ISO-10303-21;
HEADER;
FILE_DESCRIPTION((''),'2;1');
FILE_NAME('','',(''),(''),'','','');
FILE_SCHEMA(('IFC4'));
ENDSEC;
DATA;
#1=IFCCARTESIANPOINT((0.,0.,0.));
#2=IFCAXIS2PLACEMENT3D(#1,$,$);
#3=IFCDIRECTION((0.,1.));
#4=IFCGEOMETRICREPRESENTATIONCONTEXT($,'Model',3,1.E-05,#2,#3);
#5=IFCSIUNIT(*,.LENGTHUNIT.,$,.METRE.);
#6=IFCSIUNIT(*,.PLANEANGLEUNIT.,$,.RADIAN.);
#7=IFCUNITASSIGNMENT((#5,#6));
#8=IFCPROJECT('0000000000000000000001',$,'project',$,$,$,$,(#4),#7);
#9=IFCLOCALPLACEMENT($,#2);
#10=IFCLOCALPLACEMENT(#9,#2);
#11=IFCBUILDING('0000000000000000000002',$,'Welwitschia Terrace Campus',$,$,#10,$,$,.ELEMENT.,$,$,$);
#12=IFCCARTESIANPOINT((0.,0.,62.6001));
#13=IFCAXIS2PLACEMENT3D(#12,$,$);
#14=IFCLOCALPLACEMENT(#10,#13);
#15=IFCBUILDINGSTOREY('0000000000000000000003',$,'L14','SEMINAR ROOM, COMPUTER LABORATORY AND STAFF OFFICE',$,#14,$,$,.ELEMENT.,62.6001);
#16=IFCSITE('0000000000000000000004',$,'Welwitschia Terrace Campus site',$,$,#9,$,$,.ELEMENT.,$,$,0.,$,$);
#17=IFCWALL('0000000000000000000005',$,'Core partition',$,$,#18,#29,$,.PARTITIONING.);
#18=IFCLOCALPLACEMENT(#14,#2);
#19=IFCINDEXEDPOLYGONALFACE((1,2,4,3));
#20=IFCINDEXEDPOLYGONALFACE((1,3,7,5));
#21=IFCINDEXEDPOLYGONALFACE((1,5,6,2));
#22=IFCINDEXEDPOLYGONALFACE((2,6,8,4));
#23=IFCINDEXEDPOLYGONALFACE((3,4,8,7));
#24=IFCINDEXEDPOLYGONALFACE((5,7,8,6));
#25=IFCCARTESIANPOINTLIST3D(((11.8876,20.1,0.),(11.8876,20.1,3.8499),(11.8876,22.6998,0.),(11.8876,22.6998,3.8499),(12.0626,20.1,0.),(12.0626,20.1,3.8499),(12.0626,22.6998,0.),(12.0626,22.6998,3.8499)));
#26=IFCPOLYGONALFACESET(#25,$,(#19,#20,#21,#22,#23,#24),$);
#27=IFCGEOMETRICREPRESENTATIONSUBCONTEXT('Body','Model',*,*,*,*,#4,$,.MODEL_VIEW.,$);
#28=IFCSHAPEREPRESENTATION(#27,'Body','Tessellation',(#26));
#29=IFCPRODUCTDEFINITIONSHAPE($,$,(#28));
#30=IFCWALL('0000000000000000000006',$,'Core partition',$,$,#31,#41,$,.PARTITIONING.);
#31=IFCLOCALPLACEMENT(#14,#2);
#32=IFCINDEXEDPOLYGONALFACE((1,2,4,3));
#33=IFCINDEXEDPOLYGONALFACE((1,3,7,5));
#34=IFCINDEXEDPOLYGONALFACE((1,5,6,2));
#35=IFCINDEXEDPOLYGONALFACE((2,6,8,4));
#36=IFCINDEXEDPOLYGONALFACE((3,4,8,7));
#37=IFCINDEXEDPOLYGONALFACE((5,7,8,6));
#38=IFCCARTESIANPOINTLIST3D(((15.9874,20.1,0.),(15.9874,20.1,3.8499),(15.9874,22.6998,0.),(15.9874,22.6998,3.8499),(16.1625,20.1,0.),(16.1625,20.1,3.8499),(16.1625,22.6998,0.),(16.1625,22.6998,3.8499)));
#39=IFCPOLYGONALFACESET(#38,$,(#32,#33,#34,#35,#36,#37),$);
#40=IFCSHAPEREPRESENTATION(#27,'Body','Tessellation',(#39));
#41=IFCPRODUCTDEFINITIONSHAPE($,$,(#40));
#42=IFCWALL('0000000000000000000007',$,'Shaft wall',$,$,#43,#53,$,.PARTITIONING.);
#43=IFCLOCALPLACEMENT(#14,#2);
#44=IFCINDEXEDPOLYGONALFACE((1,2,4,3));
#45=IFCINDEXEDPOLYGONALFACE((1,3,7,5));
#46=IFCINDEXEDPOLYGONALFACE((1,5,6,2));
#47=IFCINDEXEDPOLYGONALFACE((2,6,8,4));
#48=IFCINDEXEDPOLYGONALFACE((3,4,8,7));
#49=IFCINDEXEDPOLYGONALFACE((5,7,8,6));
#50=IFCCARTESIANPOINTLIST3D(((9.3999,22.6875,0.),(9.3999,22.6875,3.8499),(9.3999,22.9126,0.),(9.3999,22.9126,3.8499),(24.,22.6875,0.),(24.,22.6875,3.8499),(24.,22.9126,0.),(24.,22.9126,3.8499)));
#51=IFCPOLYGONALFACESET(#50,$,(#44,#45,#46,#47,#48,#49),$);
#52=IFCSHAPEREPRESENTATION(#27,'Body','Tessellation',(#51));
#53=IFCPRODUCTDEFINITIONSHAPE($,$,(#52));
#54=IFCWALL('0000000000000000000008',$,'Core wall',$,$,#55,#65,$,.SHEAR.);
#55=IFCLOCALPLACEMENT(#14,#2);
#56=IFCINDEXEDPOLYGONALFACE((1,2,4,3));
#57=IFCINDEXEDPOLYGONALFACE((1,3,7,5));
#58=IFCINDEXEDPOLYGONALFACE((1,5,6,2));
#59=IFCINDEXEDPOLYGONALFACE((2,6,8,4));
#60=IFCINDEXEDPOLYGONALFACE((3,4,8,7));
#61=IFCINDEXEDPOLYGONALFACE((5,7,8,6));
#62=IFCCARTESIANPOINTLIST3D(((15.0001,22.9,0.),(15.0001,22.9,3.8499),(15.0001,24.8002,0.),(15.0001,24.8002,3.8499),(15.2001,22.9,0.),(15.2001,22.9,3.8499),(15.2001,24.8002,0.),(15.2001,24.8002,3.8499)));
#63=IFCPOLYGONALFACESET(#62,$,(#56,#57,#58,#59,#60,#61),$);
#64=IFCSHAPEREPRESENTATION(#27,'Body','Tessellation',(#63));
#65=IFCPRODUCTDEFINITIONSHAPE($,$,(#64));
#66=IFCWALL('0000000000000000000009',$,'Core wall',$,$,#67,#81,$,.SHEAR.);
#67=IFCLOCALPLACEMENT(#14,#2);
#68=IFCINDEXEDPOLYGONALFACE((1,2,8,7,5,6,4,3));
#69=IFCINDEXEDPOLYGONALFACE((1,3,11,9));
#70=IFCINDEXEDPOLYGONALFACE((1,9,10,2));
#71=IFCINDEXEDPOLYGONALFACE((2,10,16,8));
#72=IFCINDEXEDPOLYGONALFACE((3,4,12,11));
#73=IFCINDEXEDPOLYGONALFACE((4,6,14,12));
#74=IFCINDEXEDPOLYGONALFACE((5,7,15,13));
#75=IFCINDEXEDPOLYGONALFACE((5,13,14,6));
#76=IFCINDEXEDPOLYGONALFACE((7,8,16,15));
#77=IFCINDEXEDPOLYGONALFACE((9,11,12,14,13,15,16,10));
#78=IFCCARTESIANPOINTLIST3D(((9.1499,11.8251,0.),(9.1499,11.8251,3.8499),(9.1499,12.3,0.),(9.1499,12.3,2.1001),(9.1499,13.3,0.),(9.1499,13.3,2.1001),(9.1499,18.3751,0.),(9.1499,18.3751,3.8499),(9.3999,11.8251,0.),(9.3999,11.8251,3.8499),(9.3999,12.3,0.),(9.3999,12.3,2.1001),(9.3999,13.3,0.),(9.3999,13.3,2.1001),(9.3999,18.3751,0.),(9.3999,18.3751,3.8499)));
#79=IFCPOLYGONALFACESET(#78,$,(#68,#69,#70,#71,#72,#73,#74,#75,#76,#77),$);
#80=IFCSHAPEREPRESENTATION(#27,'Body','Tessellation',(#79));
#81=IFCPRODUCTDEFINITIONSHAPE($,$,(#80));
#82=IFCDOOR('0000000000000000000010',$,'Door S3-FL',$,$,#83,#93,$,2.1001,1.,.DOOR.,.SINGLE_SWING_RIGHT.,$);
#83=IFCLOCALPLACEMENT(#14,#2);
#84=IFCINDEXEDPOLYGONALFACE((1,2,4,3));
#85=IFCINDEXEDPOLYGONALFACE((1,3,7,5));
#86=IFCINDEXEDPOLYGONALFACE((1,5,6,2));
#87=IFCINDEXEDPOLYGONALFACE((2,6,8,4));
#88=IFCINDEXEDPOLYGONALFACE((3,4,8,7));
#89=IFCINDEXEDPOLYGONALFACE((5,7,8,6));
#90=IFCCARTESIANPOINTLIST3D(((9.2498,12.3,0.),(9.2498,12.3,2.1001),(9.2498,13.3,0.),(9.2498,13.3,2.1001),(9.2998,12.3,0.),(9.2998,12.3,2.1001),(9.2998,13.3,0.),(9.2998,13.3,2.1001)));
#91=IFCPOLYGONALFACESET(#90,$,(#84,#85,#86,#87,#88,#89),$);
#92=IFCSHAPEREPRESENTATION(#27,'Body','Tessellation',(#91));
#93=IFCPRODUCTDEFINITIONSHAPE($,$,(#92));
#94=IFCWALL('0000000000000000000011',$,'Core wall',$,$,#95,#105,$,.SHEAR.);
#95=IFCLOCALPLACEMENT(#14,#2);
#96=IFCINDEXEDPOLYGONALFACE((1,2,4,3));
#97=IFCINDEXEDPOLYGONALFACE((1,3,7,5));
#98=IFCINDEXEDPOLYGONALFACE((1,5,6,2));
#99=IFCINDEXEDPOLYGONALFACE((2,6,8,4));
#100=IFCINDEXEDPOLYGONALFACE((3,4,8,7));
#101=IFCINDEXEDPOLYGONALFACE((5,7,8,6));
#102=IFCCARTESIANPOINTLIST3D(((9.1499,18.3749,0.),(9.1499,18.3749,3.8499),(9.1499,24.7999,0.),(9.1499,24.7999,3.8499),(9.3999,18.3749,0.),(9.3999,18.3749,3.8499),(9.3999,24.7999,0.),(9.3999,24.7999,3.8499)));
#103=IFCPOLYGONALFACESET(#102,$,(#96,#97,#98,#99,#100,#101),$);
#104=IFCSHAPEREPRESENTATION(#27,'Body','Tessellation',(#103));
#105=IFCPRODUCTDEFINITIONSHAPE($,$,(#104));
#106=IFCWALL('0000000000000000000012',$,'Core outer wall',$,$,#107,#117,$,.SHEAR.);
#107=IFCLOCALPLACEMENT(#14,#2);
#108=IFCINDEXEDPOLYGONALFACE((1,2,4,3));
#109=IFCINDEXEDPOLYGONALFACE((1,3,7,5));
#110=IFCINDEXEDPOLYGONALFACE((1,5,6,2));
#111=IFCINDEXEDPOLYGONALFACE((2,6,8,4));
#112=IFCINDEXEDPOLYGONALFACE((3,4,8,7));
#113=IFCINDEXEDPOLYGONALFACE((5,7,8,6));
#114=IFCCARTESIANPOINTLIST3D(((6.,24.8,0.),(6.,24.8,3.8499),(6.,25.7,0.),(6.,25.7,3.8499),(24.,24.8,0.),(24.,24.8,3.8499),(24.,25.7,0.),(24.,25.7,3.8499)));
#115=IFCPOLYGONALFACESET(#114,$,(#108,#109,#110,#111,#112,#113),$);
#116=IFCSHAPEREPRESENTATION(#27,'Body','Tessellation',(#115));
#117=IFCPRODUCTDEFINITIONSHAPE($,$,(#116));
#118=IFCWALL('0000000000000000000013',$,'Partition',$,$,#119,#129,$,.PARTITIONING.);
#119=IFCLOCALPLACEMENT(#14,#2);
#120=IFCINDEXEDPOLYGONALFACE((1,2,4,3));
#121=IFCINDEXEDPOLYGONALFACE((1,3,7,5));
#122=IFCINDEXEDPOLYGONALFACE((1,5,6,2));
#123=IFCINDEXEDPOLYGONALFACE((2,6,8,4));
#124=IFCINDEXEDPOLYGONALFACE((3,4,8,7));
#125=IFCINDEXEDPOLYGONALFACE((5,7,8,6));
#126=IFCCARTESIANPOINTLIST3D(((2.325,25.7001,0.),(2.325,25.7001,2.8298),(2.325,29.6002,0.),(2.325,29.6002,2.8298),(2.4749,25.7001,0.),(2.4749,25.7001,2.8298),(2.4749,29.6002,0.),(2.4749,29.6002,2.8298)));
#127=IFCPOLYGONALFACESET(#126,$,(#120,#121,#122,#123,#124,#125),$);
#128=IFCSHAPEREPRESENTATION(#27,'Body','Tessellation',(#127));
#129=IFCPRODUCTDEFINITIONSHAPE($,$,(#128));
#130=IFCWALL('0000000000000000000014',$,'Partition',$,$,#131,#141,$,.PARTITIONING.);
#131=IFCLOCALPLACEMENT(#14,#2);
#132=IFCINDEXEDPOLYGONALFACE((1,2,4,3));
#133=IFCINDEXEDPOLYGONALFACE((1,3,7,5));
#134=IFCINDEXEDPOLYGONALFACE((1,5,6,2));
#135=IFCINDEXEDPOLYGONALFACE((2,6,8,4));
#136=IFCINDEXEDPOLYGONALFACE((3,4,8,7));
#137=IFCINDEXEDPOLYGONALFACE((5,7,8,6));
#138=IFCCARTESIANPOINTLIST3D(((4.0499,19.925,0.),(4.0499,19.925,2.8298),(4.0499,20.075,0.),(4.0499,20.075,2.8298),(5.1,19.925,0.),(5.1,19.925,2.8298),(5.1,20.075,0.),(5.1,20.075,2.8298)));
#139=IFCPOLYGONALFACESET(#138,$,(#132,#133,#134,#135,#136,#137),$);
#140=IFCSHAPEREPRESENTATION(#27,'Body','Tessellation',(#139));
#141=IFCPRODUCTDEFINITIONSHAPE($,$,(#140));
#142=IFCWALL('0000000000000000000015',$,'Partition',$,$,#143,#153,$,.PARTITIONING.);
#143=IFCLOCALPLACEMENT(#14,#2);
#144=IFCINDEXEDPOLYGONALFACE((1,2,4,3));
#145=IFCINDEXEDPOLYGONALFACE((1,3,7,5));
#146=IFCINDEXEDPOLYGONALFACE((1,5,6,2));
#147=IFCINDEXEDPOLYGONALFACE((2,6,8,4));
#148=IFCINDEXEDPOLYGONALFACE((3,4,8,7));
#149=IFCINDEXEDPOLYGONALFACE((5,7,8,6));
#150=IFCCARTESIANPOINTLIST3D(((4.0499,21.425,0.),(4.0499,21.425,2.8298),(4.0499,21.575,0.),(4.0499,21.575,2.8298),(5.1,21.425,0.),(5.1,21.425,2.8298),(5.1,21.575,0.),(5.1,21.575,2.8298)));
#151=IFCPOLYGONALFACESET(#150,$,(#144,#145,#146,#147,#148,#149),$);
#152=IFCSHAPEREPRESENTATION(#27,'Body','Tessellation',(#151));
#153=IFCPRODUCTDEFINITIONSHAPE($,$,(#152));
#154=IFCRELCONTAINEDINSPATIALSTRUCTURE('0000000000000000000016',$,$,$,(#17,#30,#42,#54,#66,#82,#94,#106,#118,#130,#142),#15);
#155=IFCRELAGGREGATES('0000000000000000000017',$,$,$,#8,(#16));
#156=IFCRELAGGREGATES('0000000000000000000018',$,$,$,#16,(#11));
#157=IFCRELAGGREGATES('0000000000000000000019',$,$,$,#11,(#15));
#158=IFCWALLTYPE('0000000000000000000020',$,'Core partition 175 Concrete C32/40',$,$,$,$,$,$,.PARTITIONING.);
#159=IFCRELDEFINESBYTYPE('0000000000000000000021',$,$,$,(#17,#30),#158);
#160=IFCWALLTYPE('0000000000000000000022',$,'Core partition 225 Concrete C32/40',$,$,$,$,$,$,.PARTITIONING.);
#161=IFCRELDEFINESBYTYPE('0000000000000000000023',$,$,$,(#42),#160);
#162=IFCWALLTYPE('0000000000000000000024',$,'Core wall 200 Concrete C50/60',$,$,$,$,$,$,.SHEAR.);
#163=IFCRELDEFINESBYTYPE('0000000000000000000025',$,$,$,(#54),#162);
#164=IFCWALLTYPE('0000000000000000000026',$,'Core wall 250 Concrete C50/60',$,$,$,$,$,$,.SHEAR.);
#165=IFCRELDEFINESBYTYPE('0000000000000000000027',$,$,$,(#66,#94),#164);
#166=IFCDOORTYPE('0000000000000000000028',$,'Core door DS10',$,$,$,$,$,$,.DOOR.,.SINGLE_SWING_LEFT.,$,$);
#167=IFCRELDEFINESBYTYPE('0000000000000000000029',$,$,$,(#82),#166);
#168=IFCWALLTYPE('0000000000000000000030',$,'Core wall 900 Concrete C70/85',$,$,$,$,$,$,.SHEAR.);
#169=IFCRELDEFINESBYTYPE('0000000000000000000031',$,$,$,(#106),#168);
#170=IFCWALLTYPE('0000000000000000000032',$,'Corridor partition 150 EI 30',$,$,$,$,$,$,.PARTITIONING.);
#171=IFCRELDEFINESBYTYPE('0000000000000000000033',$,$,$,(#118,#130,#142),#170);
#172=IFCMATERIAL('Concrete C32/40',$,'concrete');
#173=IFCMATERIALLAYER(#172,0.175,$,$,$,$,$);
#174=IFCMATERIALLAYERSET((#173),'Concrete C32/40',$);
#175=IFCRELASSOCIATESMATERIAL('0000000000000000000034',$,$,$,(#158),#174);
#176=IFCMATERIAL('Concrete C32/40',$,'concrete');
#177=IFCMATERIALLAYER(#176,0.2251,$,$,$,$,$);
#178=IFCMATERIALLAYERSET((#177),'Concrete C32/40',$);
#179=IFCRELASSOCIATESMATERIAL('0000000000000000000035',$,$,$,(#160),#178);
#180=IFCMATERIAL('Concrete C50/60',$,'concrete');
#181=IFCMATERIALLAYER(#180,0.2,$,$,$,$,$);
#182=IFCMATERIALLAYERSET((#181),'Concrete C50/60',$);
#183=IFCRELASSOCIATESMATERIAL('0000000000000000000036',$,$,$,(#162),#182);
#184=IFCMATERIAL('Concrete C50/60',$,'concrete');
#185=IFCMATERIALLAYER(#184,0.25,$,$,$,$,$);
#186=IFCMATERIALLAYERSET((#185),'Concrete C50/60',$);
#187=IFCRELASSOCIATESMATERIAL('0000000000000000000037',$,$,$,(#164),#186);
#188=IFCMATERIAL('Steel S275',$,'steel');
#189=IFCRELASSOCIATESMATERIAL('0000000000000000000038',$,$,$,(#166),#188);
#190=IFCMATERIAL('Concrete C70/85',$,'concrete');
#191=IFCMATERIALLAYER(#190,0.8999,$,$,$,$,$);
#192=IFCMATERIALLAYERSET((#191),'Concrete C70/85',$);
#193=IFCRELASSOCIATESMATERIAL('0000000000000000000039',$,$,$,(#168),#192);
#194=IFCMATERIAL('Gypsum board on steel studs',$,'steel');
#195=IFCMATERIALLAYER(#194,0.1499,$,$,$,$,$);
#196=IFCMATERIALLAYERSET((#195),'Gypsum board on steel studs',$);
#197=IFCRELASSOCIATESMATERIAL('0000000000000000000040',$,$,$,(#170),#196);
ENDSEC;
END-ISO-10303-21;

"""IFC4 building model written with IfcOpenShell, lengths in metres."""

from ifc_helpers import new_model, si_unit, direction, frame, frame_2d, origin, place, context, subcontext, project, spatial, rectangle, extrude, material, layer, layer_set, type_object, element, fill, save


model = new_model("IFC4")

# Units and contexts
model_context = context("Model", 3, precision=1e-05, world=origin(), true_north=direction((0.0, 1.0)))
body_context = subcontext(model_context, "Body", "Model", "MODEL_VIEW")
ifc_project = project(units=[si_unit("LENGTHUNIT", "METRE"), si_unit("PLANEANGLEUNIT", "RADIAN")], contexts=[model_context])

# Site, building, storey
site_placement = place(None, origin())
site = spatial("IfcSite", under=ifc_project, at=site_placement, Name="Welwitschia Terrace Campus site", CompositionType="ELEMENT", RefElevation=0.0)
building_placement = place(site_placement, origin())
building = spatial("IfcBuilding", under=site, at=building_placement, Name="Welwitschia Terrace Campus", CompositionType="ELEMENT")
storey_placement = place(building_placement, frame((0.0, 0.0, 62.6001)))
storey = spatial("IfcBuildingStorey", under=building, at=storey_placement, Name="L14", Description="SEMINAR ROOM, COMPUTER LABORATORY AND STAFF OFFICE", CompositionType="ELEMENT", Elevation=62.6001)

# Walls
ifc_material_1 = material(Name="Concrete C32/40", Category="concrete")
ifc_layer_1 = layer(ifc_material_1, 0.175)
ifc_layer_set_1 = layer_set([ifc_layer_1], Name="Concrete C32/40")
wall_type_1 = type_object("IfcWallType", Name="Core partition 175 Concrete C32/40", PredefinedType="PARTITIONING", material=ifc_layer_set_1)
for number, where, z_axis, x_axis, name in (
    (1, (11.9751, 20.1001, 0.0), (0.0, 0.0, 1.0), (0.0, 1.0, 0.0), "Core partition"),
    (2, (16.075, 20.1001, 0.0), (0.0, 0.0, 1.0), (0.0, 1.0, 0.0), "Core partition"),
):
    element("IfcWall", number, at=place(storey_placement, frame(where, z_axis=z_axis, x_axis=x_axis)), inside=storey, type_object=wall_type_1, Name=name, PredefinedType="PARTITIONING", context=body_context, shape_type="SweptSolid", body=[
        extrude(rectangle(XDim=2.5999, YDim=0.175, at=frame_2d((1.2998, 0.0))), origin(), (0.0, 0.0, 1.0), 3.8499),
    ])
ifc_material_2 = material(Name="Concrete C32/40", Category="concrete")
ifc_layer_2 = layer(ifc_material_2, 0.2251)
ifc_layer_set_2 = layer_set([ifc_layer_2], Name="Concrete C32/40")
wall_type_2 = type_object("IfcWallType", Name="Core partition 225 Concrete C32/40", PredefinedType="PARTITIONING", material=ifc_layer_set_2)
wall_1_placement = place(storey_placement, frame((9.3999, 22.8, 0.0), z_axis=(0.0, 0.0, 1.0), x_axis=(1.0, 0.0, 0.0)))
element("IfcWall", 3, at=wall_1_placement, inside=storey, type_object=wall_type_2, Name="Shaft wall", PredefinedType="PARTITIONING", context=body_context, shape_type="SweptSolid", body=[
    extrude(rectangle(XDim=14.6001, YDim=0.2251, at=frame_2d((7.3, 0.0))), origin(), (0.0, 0.0, 1.0), 3.8499),
])
ifc_material_3 = material(Name="Concrete C50/60", Category="concrete")
ifc_layer_3 = layer(ifc_material_3, 0.2)
ifc_layer_set_3 = layer_set([ifc_layer_3], Name="Concrete C50/60")
wall_type_3 = type_object("IfcWallType", Name="Core wall 200 Concrete C50/60", PredefinedType="SHEAR", material=ifc_layer_set_3)
wall_2_placement = place(storey_placement, frame((15.1001, 22.8999, 0.0), z_axis=(0.0, 0.0, 1.0), x_axis=(0.0, 1.0, 0.0)))
element("IfcWall", 4, at=wall_2_placement, inside=storey, type_object=wall_type_3, Name="Core wall", PredefinedType="SHEAR", context=body_context, shape_type="SweptSolid", body=[
    extrude(rectangle(XDim=1.9001, YDim=0.2, at=frame_2d((0.9502, 0.0))), origin(), (0.0, 0.0, 1.0), 3.8499),
])

# Wall, opening, door
ifc_material_4 = material(Name="Concrete C50/60", Category="concrete")
ifc_layer_4 = layer(ifc_material_4, 0.25)
ifc_layer_set_4 = layer_set([ifc_layer_4], Name="Concrete C50/60")
wall_type_4 = type_object("IfcWallType", Name="Core wall 250 Concrete C50/60", PredefinedType="SHEAR", material=ifc_layer_set_4)
wall_3_placement = place(storey_placement, frame((9.2749, 18.375, 0.0), z_axis=(0.0, 0.0, 1.0), x_axis=(0.0, -1.0, 0.0)))
wall_3 = element("IfcWall", 5, at=wall_3_placement, inside=storey, type_object=wall_type_4, Name="Core wall", PredefinedType="SHEAR", context=body_context, shape_type="SweptSolid", body=[
    extrude(rectangle(XDim=6.55, YDim=0.25, at=frame_2d((3.2749, 0.0))), origin(), (0.0, 0.0, 1.0), 3.8499),
])
opening_placement = place(wall_3_placement, frame((5.075, 0.0, 0.0)))
opening = element("IfcOpeningElement", 6, at=opening_placement, cuts=wall_3, PredefinedType="OPENING", context=body_context, shape_type="SweptSolid", body=[
    extrude(rectangle(XDim=1.0, YDim=2.1001, at=frame_2d((0.5, 1.05))), frame((0.0, 0.135, 0.0), z_axis=(0.0, -1.0, 0.0), x_axis=(1.0, 0.0, 0.0)), (0.0, 0.0, 1.0), 0.27),
])
ifc_material_5 = material(Name="Steel S275", Category="steel")
door_type = type_object("IfcDoorType", Name="Core door DS10", OperationType="SINGLE_SWING_LEFT", PredefinedType="DOOR", material=ifc_material_5)
door_placement = place(opening_placement, origin())
door = element("IfcDoor", 7, at=door_placement, inside=storey, type_object=door_type, Name="Door S3-FL", OperationType="SINGLE_SWING_RIGHT", OverallHeight=2.1001, OverallWidth=1.0, PredefinedType="DOOR", context=body_context, shape_type="SweptSolid", body=[
    extrude(rectangle(XDim=1.0, YDim=2.1001, at=frame_2d((0.5, 1.05))), frame((0.0, 0.0249, 0.0), z_axis=(0.0, -1.0, 0.0), x_axis=(1.0, 0.0, 0.0)), (0.0, 0.0, 1.0), 0.05),
])
fill(opening, door)

# Walls
wall_4_placement = place(storey_placement, frame((9.2749, 18.375, 0.0), z_axis=(0.0, 0.0, 1.0), x_axis=(0.0, 1.0, 0.0)))
element("IfcWall", 8, at=wall_4_placement, inside=storey, type_object=wall_type_4, Name="Core wall", PredefinedType="SHEAR", context=body_context, shape_type="SweptSolid", body=[
    extrude(rectangle(XDim=6.425, YDim=0.25, at=frame_2d((3.2124, 0.0))), origin(), (0.0, 0.0, 1.0), 3.8499),
])
ifc_material_6 = material(Name="Concrete C70/85", Category="concrete")
ifc_layer_5 = layer(ifc_material_6, 0.8999)
ifc_layer_set_5 = layer_set([ifc_layer_5], Name="Concrete C70/85")
wall_type_5 = type_object("IfcWallType", Name="Core wall 900 Concrete C70/85", PredefinedType="SHEAR", material=ifc_layer_set_5)
wall_5_placement = place(storey_placement, frame((6.0, 25.25, 0.0), z_axis=(0.0, 0.0, 1.0), x_axis=(1.0, 0.0, 0.0)))
element("IfcWall", 9, at=wall_5_placement, inside=storey, type_object=wall_type_5, Name="Core outer wall", PredefinedType="SHEAR", context=body_context, shape_type="SweptSolid", body=[
    extrude(rectangle(XDim=18.0, YDim=0.8999, at=frame_2d((9.0, 0.0))), origin(), (0.0, 0.0, 1.0), 3.8499),
])
ifc_material_7 = material(Name="Gypsum board on steel studs", Category="steel")
ifc_layer_6 = layer(ifc_material_7, 0.1499)
ifc_layer_set_6 = layer_set([ifc_layer_6], Name="Gypsum board on steel studs")
wall_type_6 = type_object("IfcWallType", Name="Corridor partition 150 EI 30", PredefinedType="PARTITIONING", material=ifc_layer_set_6)
wall_6_placement = place(storey_placement, frame((2.3999, 25.7, 0.0), z_axis=(0.0, 0.0, 1.0), x_axis=(0.0, 1.0, 0.0)))
element("IfcWall", 10, at=wall_6_placement, inside=storey, type_object=wall_type_6, Name="Partition", PredefinedType="PARTITIONING", context=body_context, shape_type="SweptSolid", body=[
    extrude(rectangle(XDim=3.9001, YDim=0.1499, at=frame_2d((1.9502, 0.0))), origin(), (0.0, 0.0, 1.0), 2.8298),
])
for number, where, z_axis, x_axis, name in (
    (11, (4.05, 20.0, 0.0), (0.0, 0.0, 1.0), (1.0, 0.0, 0.0), "Partition"),
    (12, (4.05, 21.5, 0.0), (0.0, 0.0, 1.0), (1.0, 0.0, 0.0), "Partition"),
):
    element("IfcWall", number, at=place(storey_placement, frame(where, z_axis=z_axis, x_axis=x_axis)), inside=storey, type_object=wall_type_6, Name=name, PredefinedType="PARTITIONING", context=body_context, shape_type="SweptSolid", body=[
        extrude(rectangle(XDim=1.05, YDim=0.1499, at=frame_2d((0.5249, 0.0))), origin(), (0.0, 0.0, 1.0), 2.8298),
    ])

save(model, "model.ifc")
